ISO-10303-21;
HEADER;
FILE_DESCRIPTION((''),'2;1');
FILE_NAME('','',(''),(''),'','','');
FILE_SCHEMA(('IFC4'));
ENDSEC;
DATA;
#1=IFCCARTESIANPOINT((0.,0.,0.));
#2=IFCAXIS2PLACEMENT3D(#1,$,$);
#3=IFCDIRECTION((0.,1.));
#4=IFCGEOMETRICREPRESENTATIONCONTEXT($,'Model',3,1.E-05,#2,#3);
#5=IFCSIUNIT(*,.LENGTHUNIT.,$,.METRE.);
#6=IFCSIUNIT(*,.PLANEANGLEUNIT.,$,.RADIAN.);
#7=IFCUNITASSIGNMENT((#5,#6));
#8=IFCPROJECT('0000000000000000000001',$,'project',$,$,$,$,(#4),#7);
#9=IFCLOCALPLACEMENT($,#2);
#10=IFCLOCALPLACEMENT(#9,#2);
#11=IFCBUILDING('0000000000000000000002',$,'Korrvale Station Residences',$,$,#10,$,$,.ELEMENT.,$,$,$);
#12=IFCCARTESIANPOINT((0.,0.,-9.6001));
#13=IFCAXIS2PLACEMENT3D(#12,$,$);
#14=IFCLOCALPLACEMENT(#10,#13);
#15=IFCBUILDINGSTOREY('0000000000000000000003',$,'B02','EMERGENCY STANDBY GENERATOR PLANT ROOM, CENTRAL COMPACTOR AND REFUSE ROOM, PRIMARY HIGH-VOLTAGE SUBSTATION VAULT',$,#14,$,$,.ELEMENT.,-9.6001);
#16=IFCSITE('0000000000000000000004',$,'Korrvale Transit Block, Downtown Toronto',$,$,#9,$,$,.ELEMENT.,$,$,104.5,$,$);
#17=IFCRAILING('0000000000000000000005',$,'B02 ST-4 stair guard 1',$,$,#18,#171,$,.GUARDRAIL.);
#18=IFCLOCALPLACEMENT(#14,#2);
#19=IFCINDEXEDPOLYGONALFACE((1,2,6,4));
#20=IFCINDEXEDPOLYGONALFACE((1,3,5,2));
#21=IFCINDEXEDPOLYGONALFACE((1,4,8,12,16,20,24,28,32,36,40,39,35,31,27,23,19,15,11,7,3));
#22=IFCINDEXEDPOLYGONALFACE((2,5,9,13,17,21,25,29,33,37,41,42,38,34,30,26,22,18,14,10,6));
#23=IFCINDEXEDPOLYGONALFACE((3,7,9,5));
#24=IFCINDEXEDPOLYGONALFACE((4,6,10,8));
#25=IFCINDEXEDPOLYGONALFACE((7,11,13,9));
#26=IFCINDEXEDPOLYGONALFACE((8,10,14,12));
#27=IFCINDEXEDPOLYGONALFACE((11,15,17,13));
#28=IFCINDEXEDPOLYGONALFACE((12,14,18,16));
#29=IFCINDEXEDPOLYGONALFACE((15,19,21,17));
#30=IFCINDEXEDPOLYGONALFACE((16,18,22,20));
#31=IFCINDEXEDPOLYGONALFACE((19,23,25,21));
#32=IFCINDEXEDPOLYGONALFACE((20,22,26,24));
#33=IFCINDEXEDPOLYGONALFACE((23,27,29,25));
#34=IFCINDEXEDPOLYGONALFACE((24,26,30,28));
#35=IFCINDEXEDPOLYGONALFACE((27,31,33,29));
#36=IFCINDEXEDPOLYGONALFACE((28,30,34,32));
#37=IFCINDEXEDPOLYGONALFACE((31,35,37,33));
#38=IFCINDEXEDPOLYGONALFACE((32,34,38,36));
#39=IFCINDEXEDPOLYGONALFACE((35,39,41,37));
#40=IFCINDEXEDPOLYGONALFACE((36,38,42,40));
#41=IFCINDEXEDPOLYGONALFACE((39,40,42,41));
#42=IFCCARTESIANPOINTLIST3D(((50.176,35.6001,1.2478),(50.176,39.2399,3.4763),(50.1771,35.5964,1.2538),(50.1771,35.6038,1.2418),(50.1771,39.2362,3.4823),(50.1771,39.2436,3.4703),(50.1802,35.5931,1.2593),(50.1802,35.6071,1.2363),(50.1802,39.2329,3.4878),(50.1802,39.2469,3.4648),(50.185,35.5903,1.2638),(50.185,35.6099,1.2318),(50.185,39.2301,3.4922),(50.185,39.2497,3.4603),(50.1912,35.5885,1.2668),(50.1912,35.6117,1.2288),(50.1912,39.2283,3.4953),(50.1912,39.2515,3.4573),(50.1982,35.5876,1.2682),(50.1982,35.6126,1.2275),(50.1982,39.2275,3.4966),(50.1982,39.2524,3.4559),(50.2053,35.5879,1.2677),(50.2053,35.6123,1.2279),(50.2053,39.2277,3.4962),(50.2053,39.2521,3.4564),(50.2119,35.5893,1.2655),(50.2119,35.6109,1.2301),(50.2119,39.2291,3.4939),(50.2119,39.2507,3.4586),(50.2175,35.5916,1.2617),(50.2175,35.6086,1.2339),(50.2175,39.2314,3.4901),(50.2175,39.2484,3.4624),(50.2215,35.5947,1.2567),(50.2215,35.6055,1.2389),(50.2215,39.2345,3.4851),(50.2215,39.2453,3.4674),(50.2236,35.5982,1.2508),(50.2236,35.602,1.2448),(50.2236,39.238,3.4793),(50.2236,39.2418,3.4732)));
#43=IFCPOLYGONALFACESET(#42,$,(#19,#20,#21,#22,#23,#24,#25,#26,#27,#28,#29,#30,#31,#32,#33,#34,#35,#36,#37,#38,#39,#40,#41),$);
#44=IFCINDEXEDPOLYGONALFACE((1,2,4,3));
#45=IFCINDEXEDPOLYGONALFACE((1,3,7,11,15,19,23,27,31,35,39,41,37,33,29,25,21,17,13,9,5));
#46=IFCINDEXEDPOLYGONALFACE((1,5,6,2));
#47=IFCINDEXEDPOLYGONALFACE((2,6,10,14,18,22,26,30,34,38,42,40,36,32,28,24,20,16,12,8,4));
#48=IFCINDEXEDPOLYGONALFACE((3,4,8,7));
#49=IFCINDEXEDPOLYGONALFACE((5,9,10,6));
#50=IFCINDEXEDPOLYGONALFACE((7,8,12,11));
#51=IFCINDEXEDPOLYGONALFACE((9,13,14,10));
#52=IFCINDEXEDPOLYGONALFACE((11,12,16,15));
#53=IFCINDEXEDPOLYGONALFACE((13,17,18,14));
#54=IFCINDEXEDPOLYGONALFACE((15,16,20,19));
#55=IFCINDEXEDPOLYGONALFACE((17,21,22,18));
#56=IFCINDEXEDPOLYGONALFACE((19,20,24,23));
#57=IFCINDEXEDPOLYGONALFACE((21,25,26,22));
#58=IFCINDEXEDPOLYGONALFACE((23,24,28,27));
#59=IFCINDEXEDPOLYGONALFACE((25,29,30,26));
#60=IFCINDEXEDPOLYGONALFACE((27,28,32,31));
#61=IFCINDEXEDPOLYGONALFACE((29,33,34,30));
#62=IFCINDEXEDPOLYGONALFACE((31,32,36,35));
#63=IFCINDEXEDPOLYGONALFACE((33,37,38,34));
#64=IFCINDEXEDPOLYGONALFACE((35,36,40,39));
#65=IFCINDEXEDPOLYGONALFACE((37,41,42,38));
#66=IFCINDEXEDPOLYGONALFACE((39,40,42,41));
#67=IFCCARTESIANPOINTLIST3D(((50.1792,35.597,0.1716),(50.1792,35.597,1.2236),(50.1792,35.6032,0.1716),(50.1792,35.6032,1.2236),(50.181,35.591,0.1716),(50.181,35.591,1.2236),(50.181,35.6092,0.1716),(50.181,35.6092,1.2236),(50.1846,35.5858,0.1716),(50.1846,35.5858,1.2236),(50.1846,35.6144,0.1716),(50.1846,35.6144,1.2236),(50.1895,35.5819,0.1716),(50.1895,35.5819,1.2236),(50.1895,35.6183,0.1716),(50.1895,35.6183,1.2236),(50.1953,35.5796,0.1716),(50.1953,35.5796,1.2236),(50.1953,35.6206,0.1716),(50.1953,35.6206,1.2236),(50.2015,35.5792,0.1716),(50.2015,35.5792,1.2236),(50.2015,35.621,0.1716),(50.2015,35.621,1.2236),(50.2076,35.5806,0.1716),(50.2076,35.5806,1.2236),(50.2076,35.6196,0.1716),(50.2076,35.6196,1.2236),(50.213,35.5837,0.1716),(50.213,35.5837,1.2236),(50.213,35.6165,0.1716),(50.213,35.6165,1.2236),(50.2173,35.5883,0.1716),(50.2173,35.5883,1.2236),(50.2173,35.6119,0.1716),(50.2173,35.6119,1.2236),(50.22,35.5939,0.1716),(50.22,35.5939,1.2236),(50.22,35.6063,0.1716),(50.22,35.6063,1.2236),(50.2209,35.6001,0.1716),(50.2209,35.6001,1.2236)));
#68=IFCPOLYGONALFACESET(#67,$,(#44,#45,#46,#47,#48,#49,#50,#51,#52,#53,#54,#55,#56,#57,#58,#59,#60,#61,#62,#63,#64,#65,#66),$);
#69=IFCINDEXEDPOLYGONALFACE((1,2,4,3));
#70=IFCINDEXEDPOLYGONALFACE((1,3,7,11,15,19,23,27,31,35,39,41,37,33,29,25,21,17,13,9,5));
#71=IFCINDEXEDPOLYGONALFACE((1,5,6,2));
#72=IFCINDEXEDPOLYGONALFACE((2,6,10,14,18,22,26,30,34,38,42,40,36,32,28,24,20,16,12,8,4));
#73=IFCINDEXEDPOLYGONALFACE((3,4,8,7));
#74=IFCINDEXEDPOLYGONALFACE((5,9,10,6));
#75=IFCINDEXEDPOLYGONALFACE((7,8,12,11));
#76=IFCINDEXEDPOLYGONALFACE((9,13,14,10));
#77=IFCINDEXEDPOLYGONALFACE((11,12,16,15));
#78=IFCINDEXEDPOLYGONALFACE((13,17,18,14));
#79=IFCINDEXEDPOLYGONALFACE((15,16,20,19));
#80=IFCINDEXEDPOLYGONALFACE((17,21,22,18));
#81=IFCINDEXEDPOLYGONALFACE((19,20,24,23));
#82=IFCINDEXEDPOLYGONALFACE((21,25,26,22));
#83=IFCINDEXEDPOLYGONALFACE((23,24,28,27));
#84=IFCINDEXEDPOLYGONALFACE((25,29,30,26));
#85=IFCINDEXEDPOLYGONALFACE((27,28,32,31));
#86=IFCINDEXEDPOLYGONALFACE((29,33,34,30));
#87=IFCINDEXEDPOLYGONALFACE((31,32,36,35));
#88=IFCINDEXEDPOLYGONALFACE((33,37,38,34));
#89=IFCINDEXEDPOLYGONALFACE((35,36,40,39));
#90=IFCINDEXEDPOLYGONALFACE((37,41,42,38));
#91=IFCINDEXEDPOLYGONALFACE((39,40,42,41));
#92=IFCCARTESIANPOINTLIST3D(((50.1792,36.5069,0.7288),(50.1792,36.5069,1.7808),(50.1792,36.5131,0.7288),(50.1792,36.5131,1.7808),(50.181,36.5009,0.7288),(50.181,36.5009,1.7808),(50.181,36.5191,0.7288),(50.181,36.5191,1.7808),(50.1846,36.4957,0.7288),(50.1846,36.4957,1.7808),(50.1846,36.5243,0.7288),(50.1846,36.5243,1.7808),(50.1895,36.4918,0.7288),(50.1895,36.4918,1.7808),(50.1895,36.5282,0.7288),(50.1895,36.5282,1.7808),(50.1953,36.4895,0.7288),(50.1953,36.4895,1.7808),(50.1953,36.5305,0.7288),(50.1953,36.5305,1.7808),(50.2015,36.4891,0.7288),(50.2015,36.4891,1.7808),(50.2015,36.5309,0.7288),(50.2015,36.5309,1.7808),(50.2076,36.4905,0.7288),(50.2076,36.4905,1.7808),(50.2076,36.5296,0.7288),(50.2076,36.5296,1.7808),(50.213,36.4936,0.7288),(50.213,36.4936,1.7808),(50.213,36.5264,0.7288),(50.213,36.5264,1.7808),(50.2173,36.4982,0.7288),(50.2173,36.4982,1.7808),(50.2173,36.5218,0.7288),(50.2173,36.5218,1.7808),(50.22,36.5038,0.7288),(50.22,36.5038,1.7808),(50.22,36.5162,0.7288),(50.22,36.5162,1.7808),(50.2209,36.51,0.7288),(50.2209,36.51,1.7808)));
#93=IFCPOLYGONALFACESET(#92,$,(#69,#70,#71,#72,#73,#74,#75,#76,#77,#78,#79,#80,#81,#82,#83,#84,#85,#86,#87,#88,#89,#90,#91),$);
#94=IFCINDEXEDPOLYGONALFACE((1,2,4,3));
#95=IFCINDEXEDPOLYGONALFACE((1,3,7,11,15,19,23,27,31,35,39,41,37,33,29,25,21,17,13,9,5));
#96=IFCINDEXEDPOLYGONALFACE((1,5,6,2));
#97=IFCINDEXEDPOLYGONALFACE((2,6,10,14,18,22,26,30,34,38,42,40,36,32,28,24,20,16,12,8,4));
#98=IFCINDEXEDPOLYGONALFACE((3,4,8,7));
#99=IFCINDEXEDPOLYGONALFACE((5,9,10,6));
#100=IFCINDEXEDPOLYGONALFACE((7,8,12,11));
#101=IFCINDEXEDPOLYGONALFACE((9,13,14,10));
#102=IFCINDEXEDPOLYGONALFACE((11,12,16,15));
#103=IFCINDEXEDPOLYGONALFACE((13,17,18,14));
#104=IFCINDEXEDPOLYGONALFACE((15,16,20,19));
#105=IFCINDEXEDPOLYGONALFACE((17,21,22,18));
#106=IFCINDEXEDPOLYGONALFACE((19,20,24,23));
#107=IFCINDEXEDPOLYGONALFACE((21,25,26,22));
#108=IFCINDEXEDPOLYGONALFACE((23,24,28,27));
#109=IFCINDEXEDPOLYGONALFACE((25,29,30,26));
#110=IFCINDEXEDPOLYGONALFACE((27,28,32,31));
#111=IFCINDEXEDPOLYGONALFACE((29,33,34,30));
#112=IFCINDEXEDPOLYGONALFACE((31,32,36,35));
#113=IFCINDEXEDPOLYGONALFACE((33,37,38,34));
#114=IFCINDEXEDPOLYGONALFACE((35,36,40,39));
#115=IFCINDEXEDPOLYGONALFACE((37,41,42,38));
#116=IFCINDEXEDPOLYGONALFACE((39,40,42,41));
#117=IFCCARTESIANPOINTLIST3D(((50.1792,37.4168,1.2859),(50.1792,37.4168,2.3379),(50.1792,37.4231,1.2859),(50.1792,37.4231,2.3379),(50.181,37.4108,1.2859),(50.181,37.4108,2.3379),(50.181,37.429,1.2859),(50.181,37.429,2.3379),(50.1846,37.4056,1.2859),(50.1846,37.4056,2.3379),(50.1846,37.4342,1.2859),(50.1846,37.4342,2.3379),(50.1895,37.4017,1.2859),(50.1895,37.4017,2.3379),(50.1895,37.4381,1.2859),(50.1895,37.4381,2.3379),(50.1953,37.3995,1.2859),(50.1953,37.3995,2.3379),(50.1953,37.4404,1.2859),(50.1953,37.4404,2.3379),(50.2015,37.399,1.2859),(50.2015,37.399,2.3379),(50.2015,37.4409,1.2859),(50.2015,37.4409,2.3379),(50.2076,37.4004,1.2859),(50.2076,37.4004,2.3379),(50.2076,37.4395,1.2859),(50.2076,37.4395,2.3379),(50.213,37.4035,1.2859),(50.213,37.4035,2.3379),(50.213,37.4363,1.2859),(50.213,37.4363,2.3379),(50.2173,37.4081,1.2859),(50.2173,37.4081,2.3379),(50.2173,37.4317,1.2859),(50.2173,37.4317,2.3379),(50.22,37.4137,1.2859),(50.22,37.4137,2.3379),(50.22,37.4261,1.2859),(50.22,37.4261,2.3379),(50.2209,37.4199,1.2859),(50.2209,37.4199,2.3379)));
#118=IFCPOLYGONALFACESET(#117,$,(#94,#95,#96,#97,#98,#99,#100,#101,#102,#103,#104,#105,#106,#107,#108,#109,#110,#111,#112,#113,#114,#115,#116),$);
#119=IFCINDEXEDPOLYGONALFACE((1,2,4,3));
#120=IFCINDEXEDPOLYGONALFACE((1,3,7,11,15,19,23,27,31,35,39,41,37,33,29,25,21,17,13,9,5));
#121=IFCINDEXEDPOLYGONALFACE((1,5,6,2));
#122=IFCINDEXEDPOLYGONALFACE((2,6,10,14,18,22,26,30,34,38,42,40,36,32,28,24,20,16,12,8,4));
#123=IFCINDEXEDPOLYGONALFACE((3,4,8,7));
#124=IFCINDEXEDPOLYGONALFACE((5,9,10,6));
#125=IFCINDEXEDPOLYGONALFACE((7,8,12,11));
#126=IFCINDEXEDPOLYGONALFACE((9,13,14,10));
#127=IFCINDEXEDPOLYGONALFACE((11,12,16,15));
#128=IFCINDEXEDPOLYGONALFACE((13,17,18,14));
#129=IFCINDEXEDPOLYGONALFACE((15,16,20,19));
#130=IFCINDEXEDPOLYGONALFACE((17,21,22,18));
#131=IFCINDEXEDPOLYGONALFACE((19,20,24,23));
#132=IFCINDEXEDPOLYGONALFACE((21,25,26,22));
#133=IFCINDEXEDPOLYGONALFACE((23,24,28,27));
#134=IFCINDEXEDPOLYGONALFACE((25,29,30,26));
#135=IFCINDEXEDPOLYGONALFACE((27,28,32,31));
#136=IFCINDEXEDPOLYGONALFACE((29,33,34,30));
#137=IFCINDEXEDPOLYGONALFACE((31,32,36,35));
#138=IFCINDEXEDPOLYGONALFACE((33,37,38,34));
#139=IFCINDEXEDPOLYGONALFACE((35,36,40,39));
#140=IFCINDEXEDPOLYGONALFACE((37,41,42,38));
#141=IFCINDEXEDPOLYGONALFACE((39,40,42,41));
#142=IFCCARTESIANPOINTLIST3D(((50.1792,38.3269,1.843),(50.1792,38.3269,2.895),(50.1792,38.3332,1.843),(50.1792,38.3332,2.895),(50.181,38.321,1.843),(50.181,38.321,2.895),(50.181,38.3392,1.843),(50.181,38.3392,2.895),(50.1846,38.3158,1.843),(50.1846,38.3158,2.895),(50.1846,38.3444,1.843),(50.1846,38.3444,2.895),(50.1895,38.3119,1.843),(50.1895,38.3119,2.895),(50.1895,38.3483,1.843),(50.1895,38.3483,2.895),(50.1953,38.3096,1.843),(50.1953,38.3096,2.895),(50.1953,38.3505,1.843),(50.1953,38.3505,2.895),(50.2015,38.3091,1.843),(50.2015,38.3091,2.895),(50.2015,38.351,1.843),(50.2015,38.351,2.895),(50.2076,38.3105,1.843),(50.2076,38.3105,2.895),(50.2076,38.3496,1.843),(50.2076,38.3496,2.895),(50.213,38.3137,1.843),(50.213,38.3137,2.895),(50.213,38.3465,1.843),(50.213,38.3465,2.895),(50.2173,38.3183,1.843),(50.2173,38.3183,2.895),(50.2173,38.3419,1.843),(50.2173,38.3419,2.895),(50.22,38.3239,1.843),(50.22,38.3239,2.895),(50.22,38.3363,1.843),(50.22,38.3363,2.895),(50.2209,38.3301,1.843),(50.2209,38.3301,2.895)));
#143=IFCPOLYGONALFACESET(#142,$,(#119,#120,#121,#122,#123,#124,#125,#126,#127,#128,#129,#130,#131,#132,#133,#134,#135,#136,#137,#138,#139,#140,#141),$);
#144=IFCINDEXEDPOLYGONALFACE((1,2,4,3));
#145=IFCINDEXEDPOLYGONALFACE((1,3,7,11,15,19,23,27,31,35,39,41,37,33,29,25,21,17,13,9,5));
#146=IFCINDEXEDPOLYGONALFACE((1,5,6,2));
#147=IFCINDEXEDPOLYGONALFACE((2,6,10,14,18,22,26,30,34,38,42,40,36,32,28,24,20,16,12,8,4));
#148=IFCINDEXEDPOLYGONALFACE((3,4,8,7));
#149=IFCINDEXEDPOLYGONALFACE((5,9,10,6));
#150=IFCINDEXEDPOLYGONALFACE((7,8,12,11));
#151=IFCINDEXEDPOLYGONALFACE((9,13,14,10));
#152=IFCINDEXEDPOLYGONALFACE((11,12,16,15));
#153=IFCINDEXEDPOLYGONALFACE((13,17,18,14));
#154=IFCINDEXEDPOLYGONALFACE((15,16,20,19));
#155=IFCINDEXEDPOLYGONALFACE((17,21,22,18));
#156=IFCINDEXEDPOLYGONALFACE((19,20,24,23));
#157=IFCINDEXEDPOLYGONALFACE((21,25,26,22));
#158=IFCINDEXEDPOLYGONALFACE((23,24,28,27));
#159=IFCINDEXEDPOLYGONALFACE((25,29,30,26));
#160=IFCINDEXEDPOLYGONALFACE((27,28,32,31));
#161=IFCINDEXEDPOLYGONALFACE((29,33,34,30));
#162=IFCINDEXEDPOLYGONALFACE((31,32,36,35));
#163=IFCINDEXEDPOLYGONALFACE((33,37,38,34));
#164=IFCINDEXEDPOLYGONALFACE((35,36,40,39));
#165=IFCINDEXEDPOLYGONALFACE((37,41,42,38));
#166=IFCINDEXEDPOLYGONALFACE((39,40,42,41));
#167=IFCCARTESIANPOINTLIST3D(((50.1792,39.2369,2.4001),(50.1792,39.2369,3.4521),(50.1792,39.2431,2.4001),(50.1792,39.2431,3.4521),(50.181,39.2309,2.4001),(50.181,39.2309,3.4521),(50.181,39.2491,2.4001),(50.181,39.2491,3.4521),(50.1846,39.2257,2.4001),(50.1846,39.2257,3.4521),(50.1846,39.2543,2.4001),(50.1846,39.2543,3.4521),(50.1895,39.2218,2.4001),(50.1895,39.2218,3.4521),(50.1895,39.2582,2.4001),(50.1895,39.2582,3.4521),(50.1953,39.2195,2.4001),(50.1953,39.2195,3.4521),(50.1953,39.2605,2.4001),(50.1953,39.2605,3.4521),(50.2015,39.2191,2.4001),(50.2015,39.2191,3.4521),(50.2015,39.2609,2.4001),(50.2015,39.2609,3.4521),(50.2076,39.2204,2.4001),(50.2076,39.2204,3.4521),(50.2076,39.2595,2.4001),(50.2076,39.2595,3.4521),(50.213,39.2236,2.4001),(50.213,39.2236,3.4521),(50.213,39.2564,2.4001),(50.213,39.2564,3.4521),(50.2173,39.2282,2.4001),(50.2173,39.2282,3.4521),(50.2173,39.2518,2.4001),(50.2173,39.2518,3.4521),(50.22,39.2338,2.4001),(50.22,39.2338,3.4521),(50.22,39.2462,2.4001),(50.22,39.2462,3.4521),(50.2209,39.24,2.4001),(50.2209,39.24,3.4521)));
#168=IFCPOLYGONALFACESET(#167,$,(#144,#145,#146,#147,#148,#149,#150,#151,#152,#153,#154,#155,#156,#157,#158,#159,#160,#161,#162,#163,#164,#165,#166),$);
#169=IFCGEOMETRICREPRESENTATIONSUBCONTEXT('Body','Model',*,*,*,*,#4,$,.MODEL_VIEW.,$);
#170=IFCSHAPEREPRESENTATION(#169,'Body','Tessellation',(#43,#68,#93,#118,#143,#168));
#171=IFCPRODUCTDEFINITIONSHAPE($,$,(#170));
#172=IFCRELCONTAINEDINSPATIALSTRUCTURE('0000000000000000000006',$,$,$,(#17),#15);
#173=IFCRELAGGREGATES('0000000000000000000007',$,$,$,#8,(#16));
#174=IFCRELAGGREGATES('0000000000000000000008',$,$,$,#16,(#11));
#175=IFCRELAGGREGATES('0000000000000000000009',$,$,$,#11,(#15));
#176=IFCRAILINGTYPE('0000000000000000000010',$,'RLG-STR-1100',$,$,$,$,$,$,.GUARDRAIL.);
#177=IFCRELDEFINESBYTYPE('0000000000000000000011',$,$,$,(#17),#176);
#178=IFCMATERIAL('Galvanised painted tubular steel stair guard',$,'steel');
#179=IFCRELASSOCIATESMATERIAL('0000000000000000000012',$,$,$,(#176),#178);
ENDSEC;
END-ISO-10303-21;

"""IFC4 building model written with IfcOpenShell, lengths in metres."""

from ifc_helpers import new_model, si_unit, direction, frame, origin, origin_2d, place, context, subcontext, project, spatial, circle, extrude, material, type_object, element, save


model = new_model("IFC4")

# Units and contexts
model_context = context("Model", 3, precision=1e-05, world=origin(), true_north=direction((0.0, 1.0)))
body_context = subcontext(model_context, "Body", "Model", "MODEL_VIEW")
ifc_project = project(units=[si_unit("LENGTHUNIT", "METRE"), si_unit("PLANEANGLEUNIT", "RADIAN")], contexts=[model_context])

# Site, building, storey
site_placement = place(None, origin())
site = spatial("IfcSite", under=ifc_project, at=site_placement, Name="Korrvale Transit Block, Downtown Toronto", CompositionType="ELEMENT", RefElevation=104.5)
building_placement = place(site_placement, origin())
building = spatial("IfcBuilding", under=site, at=building_placement, Name="Korrvale Station Residences", CompositionType="ELEMENT")
storey_placement = place(building_placement, frame((0.0, 0.0, -9.6001)))
storey = spatial("IfcBuildingStorey", under=building, at=storey_placement, Name="B02", Description="EMERGENCY STANDBY GENERATOR PLANT ROOM, CENTRAL COMPACTOR AND REFUSE ROOM, PRIMARY HIGH-VOLTAGE SUBSTATION VAULT", CompositionType="ELEMENT", Elevation=-9.6001)

# Railing
ifc_material_1 = material(Name="Galvanised painted tubular steel stair guard", Category="steel")
railing_type_1 = type_object("IfcRailingType", Name="RLG-STR-1100", PredefinedType="GUARDRAIL", material=ifc_material_1)
railing_1_placement = place(storey_placement, frame((50.2, 35.6001, 0.1716)))
element("IfcRailing", 1, at=railing_1_placement, inside=storey, type_object=railing_type_1, Name="B02 ST-4 stair guard 1", PredefinedType="GUARDRAIL", context=body_context, shape_type="SweptSolid", body=[
    extrude(circle(Radius=0.0239, at=origin_2d()), frame((0.0, 0.0, 1.0762), z_axis=(0.0, 0.85285, 0.522156), x_axis=(-1.0, 0.0, 0.0)), (0.0, 0.0, 1.0), 4.2678),
    extrude(circle(Radius=0.021, at=origin_2d()), origin(), (0.0, 0.0, 1.0), 1.052),
    extrude(circle(Radius=0.021, at=origin_2d()), frame((0.0, 0.9099, 0.5571)), (0.0, 0.0, 1.0), 1.052),
    extrude(circle(Radius=0.021, at=origin_2d()), frame((0.0, 1.8198, 1.1143)), (0.0, 0.0, 1.0), 1.052),
    extrude(circle(Radius=0.021, at=origin_2d()), frame((0.0, 2.73, 1.6714)), (0.0, 0.0, 1.0), 1.052),
    extrude(circle(Radius=0.021, at=origin_2d()), frame((0.0, 3.6399, 2.2285)), (0.0, 0.0, 1.0), 1.052),
])

save(model, "model.ifc")
